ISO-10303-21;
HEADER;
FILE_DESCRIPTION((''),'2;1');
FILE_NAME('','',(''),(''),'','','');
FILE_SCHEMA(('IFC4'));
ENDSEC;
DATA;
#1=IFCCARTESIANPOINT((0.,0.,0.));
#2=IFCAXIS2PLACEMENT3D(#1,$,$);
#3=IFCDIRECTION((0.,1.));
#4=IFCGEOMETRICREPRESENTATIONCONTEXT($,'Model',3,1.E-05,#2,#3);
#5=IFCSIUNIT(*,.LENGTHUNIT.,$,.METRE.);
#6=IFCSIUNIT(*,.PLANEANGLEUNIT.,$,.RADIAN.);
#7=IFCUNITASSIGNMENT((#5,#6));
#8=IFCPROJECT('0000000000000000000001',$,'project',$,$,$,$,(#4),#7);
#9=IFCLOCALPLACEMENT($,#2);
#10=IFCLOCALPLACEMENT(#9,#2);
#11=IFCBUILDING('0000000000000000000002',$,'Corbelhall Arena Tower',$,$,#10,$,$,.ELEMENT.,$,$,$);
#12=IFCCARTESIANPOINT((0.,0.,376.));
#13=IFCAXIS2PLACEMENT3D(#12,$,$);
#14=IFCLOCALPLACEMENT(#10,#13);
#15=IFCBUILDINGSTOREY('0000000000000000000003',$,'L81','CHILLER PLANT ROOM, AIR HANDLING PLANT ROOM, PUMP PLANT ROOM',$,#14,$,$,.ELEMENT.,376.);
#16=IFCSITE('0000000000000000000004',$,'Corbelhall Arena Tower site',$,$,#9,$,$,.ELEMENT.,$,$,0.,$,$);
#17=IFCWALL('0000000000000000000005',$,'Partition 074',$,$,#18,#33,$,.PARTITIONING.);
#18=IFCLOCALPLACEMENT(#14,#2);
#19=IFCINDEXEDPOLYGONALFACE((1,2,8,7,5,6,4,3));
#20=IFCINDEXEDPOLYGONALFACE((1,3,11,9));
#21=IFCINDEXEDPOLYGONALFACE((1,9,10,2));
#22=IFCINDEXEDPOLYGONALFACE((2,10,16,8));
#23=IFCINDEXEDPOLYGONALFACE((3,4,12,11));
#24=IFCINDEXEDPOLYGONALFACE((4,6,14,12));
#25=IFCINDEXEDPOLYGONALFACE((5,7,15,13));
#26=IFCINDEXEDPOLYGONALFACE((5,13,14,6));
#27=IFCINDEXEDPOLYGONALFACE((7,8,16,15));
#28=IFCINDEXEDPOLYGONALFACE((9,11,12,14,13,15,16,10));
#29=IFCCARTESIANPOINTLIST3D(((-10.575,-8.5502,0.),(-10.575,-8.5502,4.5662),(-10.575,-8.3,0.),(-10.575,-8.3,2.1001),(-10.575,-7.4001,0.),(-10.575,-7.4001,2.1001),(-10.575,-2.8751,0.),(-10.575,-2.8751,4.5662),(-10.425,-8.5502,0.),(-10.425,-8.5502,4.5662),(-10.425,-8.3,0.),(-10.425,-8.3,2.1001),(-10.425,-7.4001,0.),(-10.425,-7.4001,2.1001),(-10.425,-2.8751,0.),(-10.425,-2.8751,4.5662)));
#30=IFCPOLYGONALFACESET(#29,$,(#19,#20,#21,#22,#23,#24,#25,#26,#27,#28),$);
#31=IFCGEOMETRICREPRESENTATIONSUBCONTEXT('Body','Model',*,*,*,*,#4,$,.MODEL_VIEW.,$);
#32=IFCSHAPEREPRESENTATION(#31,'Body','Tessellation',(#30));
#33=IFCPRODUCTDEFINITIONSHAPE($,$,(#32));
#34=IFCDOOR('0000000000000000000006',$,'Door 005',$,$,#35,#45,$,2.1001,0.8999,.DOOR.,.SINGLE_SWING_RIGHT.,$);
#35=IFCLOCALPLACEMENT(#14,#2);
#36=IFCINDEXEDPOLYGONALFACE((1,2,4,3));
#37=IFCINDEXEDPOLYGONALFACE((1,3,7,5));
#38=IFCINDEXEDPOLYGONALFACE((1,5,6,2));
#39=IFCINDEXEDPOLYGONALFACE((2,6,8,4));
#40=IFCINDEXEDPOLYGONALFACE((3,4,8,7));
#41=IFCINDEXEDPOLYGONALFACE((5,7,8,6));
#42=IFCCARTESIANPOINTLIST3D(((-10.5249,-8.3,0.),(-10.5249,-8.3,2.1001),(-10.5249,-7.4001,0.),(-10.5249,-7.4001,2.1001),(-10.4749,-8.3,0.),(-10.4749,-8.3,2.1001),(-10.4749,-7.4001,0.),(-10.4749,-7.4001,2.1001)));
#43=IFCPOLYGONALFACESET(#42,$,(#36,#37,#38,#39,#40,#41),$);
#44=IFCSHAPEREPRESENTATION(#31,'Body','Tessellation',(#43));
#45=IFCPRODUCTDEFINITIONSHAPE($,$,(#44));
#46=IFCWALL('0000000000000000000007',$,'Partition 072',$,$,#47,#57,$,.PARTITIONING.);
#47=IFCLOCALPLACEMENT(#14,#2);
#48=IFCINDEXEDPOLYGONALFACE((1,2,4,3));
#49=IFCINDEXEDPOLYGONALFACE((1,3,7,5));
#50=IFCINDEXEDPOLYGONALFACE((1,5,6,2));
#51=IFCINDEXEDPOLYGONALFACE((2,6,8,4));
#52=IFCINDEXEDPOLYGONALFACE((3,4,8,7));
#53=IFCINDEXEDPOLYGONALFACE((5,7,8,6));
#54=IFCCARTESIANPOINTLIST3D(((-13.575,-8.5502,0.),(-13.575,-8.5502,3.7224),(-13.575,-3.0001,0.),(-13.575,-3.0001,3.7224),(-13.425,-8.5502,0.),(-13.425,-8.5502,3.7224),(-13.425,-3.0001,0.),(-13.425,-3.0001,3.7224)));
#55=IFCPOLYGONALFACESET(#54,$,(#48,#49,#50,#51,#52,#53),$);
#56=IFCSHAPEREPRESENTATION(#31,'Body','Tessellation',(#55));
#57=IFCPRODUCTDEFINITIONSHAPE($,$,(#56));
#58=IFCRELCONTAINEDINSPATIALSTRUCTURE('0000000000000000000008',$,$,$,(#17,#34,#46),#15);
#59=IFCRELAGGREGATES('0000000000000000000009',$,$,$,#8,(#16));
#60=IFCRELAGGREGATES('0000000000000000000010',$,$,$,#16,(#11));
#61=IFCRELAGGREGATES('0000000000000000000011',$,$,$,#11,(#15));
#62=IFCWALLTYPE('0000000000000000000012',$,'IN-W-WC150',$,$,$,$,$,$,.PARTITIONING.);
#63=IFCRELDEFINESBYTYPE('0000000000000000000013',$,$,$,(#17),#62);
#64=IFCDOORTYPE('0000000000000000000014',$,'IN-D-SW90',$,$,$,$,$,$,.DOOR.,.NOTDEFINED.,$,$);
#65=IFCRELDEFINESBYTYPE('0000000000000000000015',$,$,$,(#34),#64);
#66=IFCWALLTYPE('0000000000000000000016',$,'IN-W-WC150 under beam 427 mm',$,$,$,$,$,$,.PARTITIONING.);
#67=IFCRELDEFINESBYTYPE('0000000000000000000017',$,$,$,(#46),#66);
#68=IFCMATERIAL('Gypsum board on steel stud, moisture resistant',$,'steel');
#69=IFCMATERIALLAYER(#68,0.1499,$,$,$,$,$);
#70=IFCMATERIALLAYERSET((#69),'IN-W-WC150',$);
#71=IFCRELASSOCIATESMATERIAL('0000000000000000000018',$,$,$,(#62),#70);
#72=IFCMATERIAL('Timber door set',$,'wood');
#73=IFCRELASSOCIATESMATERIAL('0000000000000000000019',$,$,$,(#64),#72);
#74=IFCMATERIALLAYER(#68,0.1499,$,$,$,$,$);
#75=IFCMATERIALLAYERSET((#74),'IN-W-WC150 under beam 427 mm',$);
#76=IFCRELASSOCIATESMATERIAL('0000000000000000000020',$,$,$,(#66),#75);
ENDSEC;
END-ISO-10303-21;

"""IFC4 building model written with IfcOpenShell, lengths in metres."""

from ifc_helpers import new_model, si_unit, direction, frame, frame_2d, origin, place, context, subcontext, project, spatial, rectangle, extrude, material, layer, layer_set, type_object, element, fill, save


model = new_model("IFC4")

# Units and contexts
model_context = context("Model", 3, precision=1e-05, world=origin(), true_north=direction((0.0, 1.0)))
body_context = subcontext(model_context, "Body", "Model", "MODEL_VIEW")
ifc_project = project(units=[si_unit("LENGTHUNIT", "METRE"), si_unit("PLANEANGLEUNIT", "RADIAN")], contexts=[model_context])

# Site, building, storey
site_placement = place(None, origin())
site = spatial("IfcSite", under=ifc_project, at=site_placement, Name="Corbelhall Arena Tower site", CompositionType="ELEMENT", RefElevation=0.0)
building_placement = place(site_placement, origin())
building = spatial("IfcBuilding", under=site, at=building_placement, Name="Corbelhall Arena Tower", CompositionType="ELEMENT")
storey_placement = place(building_placement, frame((0.0, 0.0, 376.0)))
storey = spatial("IfcBuildingStorey", under=building, at=storey_placement, Name="L81", Description="CHILLER PLANT ROOM, AIR HANDLING PLANT ROOM, PUMP PLANT ROOM", CompositionType="ELEMENT", Elevation=376.0)

# Wall, opening, door
ifc_material_1 = material(Name="Gypsum board on steel stud, moisture resistant", Category="steel")
ifc_layer_1 = layer(ifc_material_1, 0.1499)
ifc_layer_set_1 = layer_set([ifc_layer_1], Name="IN-W-WC150")
wall_type_1 = type_object("IfcWallType", Name="IN-W-WC150", PredefinedType="PARTITIONING", material=ifc_layer_set_1)
wall_1_placement = place(storey_placement, frame((-10.5, -8.55, 0.0), z_axis=(0.0, 0.0, 1.0), x_axis=(0.0, 1.0, 0.0)))
wall_1 = element("IfcWall", 1, at=wall_1_placement, inside=storey, type_object=wall_type_1, Name="Partition 074", PredefinedType="PARTITIONING", context=body_context, shape_type="SweptSolid", body=[
    extrude(rectangle(XDim=5.675, YDim=0.1499, at=frame_2d((2.8374, 0.0))), origin(), (0.0, 0.0, 1.0), 4.5662),
])
opening_1_placement = place(wall_1_placement, frame((0.25, 0.0, 0.0)))
opening_1 = element("IfcOpeningElement", 2, at=opening_1_placement, cuts=wall_1, PredefinedType="OPENING", context=body_context, shape_type="SweptSolid", body=[
    extrude(rectangle(XDim=0.8999, YDim=2.1001, at=frame_2d((0.45, 1.05))), frame((0.0, 0.075, 0.0), z_axis=(0.0, -1.0, 0.0), x_axis=(1.0, 0.0, 0.0)), (0.0, 0.0, 1.0), 0.1499),
])
ifc_material_2 = material(Name="Timber door set", Category="wood")
door_type_1 = type_object("IfcDoorType", Name="IN-D-SW90", OperationType="NOTDEFINED", PredefinedType="DOOR", material=ifc_material_2)
door_1_placement = place(opening_1_placement, origin())
door_1 = element("IfcDoor", 3, at=door_1_placement, inside=storey, type_object=door_type_1, Name="Door 005", OperationType="SINGLE_SWING_RIGHT", OverallHeight=2.1001, OverallWidth=0.8999, PredefinedType="DOOR", context=body_context, shape_type="SweptSolid", body=[
    extrude(rectangle(XDim=0.8999, YDim=2.1001, at=frame_2d((0.45, 1.05))), frame((0.0, 0.0249, 0.0), z_axis=(0.0, -1.0, 0.0), x_axis=(1.0, 0.0, 0.0)), (0.0, 0.0, 1.0), 0.05),
])
fill(opening_1, door_1)

# Wall
ifc_layer_2 = layer(ifc_material_1, 0.1499)
ifc_layer_set_2 = layer_set([ifc_layer_2], Name="IN-W-WC150 under beam 427 mm")
wall_type_2 = type_object("IfcWallType", Name="IN-W-WC150 under beam 427 mm", PredefinedType="PARTITIONING", material=ifc_layer_set_2)
wall_2_placement = place(storey_placement, frame((-13.5, -8.55, 0.0), z_axis=(0.0, 0.0, 1.0), x_axis=(0.0, 1.0, 0.0)))
element("IfcWall", 4, at=wall_2_placement, inside=storey, type_object=wall_type_2, Name="Partition 072", PredefinedType="PARTITIONING", context=body_context, shape_type="SweptSolid", body=[
    extrude(rectangle(XDim=5.55, YDim=0.1499, at=frame_2d((2.7749, 0.0))), origin(), (0.0, 0.0, 1.0), 3.7224),
])

save(model, "model.ifc")
